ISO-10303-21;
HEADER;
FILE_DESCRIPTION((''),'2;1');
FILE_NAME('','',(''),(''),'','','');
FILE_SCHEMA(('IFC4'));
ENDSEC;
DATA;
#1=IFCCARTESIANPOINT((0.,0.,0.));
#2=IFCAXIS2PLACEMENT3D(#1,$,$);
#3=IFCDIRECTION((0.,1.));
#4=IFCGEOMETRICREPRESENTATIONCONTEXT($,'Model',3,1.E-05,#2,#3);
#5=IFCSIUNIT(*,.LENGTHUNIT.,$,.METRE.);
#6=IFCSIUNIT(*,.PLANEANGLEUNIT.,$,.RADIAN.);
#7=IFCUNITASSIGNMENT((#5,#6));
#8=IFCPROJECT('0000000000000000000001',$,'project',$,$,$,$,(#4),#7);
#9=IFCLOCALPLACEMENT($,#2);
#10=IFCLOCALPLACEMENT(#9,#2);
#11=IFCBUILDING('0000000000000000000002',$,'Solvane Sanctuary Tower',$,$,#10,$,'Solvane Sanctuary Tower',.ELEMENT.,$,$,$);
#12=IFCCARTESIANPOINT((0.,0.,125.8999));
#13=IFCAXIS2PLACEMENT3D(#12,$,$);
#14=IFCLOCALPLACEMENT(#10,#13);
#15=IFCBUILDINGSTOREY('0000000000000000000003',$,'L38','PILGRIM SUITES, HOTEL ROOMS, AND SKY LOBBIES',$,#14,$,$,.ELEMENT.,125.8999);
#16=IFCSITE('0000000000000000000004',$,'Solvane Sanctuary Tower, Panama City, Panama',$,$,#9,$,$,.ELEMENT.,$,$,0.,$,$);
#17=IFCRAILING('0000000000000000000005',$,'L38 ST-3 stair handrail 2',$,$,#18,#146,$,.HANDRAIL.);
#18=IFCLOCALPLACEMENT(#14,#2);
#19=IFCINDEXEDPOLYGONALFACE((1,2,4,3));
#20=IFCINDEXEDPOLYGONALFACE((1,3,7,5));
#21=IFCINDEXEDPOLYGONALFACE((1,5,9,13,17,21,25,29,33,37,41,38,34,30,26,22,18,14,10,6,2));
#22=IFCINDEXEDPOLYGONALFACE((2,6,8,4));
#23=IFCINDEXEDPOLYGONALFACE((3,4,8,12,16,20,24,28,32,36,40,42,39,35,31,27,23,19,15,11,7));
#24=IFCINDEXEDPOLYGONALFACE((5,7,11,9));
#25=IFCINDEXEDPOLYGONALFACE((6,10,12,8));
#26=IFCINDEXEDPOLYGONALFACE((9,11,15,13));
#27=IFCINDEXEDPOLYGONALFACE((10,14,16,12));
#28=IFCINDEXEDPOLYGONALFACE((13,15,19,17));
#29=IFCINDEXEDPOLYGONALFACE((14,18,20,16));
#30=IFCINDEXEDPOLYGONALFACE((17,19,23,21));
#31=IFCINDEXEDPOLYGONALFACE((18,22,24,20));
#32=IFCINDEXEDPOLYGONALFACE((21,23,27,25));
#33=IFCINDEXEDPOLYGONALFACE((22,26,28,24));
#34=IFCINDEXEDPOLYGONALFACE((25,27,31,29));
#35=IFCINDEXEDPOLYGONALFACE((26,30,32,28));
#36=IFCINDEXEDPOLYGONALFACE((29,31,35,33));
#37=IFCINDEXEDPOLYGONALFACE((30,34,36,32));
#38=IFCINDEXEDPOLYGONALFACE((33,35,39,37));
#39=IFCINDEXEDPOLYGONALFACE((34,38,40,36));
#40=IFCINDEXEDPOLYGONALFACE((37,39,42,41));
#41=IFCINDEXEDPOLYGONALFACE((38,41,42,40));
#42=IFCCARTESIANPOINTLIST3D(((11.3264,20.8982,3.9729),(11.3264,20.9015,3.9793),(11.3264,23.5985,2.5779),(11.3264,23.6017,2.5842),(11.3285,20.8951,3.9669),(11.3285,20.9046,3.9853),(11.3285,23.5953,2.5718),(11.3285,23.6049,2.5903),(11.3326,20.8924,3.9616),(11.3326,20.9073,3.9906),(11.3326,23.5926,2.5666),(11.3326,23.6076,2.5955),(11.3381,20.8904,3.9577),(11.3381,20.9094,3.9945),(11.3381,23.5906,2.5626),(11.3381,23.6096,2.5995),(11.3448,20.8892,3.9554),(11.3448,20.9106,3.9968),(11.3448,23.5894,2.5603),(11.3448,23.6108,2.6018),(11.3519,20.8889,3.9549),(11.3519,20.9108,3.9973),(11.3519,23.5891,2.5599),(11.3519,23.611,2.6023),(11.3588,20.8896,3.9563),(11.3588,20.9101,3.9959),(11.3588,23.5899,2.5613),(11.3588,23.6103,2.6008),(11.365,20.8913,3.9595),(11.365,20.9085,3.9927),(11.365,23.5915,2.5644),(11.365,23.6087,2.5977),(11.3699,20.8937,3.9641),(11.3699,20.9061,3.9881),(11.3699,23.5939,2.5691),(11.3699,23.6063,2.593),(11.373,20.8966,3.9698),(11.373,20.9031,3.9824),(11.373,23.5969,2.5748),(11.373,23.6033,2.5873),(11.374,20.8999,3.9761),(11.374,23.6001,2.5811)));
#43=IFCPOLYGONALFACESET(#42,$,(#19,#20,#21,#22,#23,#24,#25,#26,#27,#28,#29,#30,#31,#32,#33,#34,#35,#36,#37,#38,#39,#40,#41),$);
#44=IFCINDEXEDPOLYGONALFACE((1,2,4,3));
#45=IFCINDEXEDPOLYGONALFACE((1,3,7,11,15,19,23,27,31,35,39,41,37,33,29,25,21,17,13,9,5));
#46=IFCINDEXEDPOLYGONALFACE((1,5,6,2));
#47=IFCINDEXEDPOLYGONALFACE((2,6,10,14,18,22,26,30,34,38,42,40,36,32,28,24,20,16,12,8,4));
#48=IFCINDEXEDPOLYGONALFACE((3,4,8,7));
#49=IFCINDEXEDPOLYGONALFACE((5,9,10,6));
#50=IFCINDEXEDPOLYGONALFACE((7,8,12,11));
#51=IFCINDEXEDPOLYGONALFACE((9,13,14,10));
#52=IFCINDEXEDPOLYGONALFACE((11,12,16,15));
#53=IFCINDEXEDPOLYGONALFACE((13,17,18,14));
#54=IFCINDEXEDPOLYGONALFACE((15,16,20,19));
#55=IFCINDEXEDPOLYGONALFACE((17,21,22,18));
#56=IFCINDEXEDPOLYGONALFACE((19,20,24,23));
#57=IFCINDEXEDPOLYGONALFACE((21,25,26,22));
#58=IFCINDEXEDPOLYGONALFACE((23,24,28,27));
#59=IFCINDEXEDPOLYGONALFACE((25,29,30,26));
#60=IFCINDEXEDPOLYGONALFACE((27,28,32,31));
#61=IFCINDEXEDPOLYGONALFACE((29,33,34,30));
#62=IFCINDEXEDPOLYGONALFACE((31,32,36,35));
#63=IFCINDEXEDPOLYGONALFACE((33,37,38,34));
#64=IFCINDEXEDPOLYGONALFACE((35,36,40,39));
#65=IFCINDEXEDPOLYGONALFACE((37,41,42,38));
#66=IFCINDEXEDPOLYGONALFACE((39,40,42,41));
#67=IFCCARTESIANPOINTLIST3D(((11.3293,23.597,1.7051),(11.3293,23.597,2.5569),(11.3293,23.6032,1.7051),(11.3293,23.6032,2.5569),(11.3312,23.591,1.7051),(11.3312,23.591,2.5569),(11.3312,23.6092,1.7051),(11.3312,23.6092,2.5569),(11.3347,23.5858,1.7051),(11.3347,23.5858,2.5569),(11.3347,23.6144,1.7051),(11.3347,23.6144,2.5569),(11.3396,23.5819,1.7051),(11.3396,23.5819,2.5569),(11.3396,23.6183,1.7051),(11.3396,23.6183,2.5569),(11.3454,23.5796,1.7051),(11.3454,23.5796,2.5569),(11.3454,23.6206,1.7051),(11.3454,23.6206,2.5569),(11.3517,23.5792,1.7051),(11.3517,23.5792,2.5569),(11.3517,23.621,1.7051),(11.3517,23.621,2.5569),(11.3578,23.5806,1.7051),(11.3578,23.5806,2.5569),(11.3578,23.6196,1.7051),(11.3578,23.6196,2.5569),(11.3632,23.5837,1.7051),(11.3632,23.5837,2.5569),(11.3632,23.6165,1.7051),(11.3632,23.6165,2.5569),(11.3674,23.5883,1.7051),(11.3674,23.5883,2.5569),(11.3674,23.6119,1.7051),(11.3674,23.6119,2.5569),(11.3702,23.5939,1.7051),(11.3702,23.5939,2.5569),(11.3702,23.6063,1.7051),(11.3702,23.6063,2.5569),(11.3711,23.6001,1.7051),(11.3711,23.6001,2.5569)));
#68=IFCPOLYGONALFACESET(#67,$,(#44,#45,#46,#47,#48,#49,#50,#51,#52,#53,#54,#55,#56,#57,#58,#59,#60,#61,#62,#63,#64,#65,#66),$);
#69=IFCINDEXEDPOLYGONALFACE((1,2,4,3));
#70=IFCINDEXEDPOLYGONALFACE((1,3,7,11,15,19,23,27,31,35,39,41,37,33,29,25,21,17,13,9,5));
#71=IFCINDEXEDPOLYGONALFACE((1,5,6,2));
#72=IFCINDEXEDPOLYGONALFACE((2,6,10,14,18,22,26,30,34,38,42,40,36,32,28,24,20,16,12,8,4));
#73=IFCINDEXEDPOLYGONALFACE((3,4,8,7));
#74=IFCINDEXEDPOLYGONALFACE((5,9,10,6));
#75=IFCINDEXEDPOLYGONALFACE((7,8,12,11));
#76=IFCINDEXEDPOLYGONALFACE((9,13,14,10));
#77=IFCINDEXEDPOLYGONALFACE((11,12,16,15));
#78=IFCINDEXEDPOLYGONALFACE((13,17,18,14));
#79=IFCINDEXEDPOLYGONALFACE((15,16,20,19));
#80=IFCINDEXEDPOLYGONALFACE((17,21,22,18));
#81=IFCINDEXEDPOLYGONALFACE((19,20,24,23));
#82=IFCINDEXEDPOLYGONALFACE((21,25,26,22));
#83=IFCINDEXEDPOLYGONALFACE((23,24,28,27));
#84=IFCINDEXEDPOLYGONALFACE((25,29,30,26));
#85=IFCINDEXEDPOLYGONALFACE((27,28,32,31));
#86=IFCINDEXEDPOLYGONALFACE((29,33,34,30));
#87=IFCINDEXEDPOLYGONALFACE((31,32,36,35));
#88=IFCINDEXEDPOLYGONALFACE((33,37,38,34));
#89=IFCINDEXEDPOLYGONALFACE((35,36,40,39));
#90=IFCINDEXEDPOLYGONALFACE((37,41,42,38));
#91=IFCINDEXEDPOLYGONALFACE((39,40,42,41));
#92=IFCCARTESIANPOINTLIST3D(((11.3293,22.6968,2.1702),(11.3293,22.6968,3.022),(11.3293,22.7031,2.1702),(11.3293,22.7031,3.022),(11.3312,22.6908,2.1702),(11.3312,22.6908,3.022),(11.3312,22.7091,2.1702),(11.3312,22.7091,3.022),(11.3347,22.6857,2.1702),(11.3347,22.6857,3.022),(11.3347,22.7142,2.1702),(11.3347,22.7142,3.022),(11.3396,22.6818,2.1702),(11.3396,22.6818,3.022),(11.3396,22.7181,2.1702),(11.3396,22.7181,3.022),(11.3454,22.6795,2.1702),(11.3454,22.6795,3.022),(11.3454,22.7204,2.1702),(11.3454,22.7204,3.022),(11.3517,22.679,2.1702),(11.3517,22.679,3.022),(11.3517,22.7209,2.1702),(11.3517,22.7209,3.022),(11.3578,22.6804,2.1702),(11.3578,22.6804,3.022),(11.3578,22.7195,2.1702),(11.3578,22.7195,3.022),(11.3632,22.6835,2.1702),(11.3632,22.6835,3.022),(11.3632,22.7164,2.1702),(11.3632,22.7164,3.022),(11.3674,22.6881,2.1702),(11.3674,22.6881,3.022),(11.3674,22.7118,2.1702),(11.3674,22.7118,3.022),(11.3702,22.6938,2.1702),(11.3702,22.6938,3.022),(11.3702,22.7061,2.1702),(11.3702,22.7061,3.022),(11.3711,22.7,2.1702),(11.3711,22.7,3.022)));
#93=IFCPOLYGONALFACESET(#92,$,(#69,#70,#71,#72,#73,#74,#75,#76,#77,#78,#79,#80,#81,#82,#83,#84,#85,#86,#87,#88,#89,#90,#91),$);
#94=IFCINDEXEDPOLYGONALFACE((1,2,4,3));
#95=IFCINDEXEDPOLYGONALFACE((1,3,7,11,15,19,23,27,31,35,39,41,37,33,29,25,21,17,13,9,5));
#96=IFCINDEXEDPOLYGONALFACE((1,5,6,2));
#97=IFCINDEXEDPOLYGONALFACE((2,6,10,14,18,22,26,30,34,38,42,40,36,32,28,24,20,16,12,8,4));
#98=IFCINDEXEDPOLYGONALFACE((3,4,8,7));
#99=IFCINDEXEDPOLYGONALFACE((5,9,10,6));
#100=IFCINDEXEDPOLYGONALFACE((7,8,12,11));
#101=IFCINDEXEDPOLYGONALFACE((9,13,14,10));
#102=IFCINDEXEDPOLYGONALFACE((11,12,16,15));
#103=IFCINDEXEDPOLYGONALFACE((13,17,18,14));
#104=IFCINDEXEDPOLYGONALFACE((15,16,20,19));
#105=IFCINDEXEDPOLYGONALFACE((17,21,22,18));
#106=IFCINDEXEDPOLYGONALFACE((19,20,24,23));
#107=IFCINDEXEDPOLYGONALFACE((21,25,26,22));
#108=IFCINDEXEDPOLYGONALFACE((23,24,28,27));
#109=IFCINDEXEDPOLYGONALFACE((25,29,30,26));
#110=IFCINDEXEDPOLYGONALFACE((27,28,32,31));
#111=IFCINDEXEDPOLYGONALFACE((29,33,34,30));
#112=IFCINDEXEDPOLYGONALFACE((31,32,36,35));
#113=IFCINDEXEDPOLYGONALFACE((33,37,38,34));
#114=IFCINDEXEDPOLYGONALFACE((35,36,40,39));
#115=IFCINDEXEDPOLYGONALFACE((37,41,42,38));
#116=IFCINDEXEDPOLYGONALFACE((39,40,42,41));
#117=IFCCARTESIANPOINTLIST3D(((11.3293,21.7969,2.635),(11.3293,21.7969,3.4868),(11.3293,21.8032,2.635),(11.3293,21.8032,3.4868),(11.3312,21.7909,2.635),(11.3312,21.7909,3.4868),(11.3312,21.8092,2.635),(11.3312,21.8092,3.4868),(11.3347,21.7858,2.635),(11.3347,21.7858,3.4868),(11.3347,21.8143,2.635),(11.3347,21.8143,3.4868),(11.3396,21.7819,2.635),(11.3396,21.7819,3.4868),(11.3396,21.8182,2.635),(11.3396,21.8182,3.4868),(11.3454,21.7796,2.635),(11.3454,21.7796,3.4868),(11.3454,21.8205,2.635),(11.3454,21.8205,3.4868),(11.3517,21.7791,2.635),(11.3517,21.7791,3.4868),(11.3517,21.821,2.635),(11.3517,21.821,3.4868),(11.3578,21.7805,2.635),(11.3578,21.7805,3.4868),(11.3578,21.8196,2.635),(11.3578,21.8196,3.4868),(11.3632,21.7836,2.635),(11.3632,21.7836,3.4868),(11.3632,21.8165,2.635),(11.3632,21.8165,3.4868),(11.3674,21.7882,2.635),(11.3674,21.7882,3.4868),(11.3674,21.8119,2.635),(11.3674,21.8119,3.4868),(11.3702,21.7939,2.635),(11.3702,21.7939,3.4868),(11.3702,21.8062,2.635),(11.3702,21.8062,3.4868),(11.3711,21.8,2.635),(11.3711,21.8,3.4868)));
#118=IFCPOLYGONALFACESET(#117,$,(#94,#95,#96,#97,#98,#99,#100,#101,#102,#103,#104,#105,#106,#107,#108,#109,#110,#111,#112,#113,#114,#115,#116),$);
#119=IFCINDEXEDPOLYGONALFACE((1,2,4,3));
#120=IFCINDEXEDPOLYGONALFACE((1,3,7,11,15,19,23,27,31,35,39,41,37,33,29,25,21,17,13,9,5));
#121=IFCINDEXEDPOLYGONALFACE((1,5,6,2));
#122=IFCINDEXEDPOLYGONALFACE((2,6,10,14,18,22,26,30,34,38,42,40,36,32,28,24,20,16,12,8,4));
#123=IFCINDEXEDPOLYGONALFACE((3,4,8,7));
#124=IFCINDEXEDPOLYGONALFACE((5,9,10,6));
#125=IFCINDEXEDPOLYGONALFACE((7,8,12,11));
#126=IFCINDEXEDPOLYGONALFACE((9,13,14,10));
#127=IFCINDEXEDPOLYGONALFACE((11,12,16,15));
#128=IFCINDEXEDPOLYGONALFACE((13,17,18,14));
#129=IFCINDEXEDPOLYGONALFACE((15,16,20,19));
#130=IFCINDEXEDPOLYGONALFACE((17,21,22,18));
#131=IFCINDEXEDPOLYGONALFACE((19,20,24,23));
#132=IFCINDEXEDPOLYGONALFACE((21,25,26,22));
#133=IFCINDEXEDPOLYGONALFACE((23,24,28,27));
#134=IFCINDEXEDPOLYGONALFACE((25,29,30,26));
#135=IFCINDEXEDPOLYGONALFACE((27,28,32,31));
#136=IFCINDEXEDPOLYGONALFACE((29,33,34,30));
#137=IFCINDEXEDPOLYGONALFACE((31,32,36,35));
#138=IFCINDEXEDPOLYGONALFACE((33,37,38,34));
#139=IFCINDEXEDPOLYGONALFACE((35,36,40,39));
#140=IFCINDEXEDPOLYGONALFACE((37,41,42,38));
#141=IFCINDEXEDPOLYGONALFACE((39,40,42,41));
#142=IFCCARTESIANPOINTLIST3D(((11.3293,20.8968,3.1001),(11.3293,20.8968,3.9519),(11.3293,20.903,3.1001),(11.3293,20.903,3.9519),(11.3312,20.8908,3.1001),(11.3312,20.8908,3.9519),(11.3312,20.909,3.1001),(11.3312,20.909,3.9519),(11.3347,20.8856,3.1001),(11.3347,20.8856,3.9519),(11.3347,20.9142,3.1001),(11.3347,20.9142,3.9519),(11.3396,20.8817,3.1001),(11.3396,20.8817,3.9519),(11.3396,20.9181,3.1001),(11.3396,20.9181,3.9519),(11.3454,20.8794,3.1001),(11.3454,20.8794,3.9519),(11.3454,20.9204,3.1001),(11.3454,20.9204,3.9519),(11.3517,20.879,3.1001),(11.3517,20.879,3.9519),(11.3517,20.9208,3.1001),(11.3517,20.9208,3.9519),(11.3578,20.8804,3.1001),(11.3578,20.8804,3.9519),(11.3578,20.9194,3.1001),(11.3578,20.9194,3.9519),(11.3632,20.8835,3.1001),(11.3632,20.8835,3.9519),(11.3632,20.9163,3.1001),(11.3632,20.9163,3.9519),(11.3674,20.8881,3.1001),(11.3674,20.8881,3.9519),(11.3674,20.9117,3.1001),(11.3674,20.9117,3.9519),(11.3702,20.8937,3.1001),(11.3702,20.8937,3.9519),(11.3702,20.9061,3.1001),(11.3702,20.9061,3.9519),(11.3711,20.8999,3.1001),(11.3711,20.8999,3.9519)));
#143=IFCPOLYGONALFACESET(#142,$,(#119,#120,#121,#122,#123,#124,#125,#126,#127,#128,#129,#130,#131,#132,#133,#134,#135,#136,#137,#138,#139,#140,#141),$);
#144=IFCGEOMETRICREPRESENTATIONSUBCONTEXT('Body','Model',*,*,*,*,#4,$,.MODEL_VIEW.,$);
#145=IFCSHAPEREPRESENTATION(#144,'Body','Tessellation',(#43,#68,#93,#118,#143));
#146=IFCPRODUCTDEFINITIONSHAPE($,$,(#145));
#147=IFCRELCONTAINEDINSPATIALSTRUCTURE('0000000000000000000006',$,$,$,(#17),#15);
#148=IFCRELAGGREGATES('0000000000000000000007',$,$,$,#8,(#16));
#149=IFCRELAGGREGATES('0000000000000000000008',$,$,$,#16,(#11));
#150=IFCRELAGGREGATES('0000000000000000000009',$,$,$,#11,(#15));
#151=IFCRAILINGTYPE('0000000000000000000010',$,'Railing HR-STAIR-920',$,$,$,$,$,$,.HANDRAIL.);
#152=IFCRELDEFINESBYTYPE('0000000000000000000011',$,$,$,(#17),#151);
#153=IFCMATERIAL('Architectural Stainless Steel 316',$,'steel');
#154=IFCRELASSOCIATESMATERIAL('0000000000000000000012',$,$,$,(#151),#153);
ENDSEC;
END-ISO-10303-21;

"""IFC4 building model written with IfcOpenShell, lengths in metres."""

from ifc_helpers import new_model, si_unit, direction, frame, origin, origin_2d, place, context, subcontext, project, spatial, circle, extrude, material, type_object, element, save


model = new_model("IFC4")

# Units and contexts
model_context = context("Model", 3, precision=1e-05, world=origin(), true_north=direction((0.0, 1.0)))
body_context = subcontext(model_context, "Body", "Model", "MODEL_VIEW")
ifc_project = project(units=[si_unit("LENGTHUNIT", "METRE"), si_unit("PLANEANGLEUNIT", "RADIAN")], contexts=[model_context])

# Site, building, storey
site_placement = place(None, origin())
site = spatial("IfcSite", under=ifc_project, at=site_placement, Name="Solvane Sanctuary Tower, Panama City, Panama", CompositionType="ELEMENT", RefElevation=0.0)
building_placement = place(site_placement, origin())
building = spatial("IfcBuilding", under=site, at=building_placement, Name="Solvane Sanctuary Tower", LongName="Solvane Sanctuary Tower", CompositionType="ELEMENT")
storey_placement = place(building_placement, frame((0.0, 0.0, 125.8999)))
storey = spatial("IfcBuildingStorey", under=building, at=storey_placement, Name="L38", Description="PILGRIM SUITES, HOTEL ROOMS, AND SKY LOBBIES", CompositionType="ELEMENT", Elevation=125.8999)

# Shared definitions
ifc_material_1 = material(Name="Architectural Stainless Steel 316", Category="steel")

# Railing
railing_type_1 = type_object("IfcRailingType", Name="Railing HR-STAIR-920", PredefinedType="HANDRAIL", material=ifc_material_1)
railing_1_placement = place(storey_placement, frame((11.3501, 23.6001, 1.7051)))
element("IfcRailing", 1, at=railing_1_placement, inside=storey, type_object=railing_type_1, Name="L38 ST-3 stair handrail 2", PredefinedType="HANDRAIL", context=body_context, shape_type="SweptSolid", body=[
    extrude(circle(Radius=0.0239, at=origin_2d()), frame((0.0, 0.0, 0.876), z_axis=(0.0, -0.888437, 0.458999), x_axis=(1.0, 0.0, 0.0)), (0.0, 0.0, 1.0), 3.0393),
    extrude(circle(Radius=0.021, at=origin_2d()), origin(), (0.0, 0.0, 1.0), 0.8518),
    extrude(circle(Radius=0.021, at=origin_2d()), frame((0.0, -0.9001, 0.4651)), (0.0, 0.0, 1.0), 0.8518),
    extrude(circle(Radius=0.021, at=origin_2d()), frame((0.0, -1.8, 0.9299)), (0.0, 0.0, 1.0), 0.8518),
    extrude(circle(Radius=0.021, at=origin_2d()), frame((0.0, -2.7002, 1.395)), (0.0, 0.0, 1.0), 0.8518),
])

save(model, "model.ifc")
